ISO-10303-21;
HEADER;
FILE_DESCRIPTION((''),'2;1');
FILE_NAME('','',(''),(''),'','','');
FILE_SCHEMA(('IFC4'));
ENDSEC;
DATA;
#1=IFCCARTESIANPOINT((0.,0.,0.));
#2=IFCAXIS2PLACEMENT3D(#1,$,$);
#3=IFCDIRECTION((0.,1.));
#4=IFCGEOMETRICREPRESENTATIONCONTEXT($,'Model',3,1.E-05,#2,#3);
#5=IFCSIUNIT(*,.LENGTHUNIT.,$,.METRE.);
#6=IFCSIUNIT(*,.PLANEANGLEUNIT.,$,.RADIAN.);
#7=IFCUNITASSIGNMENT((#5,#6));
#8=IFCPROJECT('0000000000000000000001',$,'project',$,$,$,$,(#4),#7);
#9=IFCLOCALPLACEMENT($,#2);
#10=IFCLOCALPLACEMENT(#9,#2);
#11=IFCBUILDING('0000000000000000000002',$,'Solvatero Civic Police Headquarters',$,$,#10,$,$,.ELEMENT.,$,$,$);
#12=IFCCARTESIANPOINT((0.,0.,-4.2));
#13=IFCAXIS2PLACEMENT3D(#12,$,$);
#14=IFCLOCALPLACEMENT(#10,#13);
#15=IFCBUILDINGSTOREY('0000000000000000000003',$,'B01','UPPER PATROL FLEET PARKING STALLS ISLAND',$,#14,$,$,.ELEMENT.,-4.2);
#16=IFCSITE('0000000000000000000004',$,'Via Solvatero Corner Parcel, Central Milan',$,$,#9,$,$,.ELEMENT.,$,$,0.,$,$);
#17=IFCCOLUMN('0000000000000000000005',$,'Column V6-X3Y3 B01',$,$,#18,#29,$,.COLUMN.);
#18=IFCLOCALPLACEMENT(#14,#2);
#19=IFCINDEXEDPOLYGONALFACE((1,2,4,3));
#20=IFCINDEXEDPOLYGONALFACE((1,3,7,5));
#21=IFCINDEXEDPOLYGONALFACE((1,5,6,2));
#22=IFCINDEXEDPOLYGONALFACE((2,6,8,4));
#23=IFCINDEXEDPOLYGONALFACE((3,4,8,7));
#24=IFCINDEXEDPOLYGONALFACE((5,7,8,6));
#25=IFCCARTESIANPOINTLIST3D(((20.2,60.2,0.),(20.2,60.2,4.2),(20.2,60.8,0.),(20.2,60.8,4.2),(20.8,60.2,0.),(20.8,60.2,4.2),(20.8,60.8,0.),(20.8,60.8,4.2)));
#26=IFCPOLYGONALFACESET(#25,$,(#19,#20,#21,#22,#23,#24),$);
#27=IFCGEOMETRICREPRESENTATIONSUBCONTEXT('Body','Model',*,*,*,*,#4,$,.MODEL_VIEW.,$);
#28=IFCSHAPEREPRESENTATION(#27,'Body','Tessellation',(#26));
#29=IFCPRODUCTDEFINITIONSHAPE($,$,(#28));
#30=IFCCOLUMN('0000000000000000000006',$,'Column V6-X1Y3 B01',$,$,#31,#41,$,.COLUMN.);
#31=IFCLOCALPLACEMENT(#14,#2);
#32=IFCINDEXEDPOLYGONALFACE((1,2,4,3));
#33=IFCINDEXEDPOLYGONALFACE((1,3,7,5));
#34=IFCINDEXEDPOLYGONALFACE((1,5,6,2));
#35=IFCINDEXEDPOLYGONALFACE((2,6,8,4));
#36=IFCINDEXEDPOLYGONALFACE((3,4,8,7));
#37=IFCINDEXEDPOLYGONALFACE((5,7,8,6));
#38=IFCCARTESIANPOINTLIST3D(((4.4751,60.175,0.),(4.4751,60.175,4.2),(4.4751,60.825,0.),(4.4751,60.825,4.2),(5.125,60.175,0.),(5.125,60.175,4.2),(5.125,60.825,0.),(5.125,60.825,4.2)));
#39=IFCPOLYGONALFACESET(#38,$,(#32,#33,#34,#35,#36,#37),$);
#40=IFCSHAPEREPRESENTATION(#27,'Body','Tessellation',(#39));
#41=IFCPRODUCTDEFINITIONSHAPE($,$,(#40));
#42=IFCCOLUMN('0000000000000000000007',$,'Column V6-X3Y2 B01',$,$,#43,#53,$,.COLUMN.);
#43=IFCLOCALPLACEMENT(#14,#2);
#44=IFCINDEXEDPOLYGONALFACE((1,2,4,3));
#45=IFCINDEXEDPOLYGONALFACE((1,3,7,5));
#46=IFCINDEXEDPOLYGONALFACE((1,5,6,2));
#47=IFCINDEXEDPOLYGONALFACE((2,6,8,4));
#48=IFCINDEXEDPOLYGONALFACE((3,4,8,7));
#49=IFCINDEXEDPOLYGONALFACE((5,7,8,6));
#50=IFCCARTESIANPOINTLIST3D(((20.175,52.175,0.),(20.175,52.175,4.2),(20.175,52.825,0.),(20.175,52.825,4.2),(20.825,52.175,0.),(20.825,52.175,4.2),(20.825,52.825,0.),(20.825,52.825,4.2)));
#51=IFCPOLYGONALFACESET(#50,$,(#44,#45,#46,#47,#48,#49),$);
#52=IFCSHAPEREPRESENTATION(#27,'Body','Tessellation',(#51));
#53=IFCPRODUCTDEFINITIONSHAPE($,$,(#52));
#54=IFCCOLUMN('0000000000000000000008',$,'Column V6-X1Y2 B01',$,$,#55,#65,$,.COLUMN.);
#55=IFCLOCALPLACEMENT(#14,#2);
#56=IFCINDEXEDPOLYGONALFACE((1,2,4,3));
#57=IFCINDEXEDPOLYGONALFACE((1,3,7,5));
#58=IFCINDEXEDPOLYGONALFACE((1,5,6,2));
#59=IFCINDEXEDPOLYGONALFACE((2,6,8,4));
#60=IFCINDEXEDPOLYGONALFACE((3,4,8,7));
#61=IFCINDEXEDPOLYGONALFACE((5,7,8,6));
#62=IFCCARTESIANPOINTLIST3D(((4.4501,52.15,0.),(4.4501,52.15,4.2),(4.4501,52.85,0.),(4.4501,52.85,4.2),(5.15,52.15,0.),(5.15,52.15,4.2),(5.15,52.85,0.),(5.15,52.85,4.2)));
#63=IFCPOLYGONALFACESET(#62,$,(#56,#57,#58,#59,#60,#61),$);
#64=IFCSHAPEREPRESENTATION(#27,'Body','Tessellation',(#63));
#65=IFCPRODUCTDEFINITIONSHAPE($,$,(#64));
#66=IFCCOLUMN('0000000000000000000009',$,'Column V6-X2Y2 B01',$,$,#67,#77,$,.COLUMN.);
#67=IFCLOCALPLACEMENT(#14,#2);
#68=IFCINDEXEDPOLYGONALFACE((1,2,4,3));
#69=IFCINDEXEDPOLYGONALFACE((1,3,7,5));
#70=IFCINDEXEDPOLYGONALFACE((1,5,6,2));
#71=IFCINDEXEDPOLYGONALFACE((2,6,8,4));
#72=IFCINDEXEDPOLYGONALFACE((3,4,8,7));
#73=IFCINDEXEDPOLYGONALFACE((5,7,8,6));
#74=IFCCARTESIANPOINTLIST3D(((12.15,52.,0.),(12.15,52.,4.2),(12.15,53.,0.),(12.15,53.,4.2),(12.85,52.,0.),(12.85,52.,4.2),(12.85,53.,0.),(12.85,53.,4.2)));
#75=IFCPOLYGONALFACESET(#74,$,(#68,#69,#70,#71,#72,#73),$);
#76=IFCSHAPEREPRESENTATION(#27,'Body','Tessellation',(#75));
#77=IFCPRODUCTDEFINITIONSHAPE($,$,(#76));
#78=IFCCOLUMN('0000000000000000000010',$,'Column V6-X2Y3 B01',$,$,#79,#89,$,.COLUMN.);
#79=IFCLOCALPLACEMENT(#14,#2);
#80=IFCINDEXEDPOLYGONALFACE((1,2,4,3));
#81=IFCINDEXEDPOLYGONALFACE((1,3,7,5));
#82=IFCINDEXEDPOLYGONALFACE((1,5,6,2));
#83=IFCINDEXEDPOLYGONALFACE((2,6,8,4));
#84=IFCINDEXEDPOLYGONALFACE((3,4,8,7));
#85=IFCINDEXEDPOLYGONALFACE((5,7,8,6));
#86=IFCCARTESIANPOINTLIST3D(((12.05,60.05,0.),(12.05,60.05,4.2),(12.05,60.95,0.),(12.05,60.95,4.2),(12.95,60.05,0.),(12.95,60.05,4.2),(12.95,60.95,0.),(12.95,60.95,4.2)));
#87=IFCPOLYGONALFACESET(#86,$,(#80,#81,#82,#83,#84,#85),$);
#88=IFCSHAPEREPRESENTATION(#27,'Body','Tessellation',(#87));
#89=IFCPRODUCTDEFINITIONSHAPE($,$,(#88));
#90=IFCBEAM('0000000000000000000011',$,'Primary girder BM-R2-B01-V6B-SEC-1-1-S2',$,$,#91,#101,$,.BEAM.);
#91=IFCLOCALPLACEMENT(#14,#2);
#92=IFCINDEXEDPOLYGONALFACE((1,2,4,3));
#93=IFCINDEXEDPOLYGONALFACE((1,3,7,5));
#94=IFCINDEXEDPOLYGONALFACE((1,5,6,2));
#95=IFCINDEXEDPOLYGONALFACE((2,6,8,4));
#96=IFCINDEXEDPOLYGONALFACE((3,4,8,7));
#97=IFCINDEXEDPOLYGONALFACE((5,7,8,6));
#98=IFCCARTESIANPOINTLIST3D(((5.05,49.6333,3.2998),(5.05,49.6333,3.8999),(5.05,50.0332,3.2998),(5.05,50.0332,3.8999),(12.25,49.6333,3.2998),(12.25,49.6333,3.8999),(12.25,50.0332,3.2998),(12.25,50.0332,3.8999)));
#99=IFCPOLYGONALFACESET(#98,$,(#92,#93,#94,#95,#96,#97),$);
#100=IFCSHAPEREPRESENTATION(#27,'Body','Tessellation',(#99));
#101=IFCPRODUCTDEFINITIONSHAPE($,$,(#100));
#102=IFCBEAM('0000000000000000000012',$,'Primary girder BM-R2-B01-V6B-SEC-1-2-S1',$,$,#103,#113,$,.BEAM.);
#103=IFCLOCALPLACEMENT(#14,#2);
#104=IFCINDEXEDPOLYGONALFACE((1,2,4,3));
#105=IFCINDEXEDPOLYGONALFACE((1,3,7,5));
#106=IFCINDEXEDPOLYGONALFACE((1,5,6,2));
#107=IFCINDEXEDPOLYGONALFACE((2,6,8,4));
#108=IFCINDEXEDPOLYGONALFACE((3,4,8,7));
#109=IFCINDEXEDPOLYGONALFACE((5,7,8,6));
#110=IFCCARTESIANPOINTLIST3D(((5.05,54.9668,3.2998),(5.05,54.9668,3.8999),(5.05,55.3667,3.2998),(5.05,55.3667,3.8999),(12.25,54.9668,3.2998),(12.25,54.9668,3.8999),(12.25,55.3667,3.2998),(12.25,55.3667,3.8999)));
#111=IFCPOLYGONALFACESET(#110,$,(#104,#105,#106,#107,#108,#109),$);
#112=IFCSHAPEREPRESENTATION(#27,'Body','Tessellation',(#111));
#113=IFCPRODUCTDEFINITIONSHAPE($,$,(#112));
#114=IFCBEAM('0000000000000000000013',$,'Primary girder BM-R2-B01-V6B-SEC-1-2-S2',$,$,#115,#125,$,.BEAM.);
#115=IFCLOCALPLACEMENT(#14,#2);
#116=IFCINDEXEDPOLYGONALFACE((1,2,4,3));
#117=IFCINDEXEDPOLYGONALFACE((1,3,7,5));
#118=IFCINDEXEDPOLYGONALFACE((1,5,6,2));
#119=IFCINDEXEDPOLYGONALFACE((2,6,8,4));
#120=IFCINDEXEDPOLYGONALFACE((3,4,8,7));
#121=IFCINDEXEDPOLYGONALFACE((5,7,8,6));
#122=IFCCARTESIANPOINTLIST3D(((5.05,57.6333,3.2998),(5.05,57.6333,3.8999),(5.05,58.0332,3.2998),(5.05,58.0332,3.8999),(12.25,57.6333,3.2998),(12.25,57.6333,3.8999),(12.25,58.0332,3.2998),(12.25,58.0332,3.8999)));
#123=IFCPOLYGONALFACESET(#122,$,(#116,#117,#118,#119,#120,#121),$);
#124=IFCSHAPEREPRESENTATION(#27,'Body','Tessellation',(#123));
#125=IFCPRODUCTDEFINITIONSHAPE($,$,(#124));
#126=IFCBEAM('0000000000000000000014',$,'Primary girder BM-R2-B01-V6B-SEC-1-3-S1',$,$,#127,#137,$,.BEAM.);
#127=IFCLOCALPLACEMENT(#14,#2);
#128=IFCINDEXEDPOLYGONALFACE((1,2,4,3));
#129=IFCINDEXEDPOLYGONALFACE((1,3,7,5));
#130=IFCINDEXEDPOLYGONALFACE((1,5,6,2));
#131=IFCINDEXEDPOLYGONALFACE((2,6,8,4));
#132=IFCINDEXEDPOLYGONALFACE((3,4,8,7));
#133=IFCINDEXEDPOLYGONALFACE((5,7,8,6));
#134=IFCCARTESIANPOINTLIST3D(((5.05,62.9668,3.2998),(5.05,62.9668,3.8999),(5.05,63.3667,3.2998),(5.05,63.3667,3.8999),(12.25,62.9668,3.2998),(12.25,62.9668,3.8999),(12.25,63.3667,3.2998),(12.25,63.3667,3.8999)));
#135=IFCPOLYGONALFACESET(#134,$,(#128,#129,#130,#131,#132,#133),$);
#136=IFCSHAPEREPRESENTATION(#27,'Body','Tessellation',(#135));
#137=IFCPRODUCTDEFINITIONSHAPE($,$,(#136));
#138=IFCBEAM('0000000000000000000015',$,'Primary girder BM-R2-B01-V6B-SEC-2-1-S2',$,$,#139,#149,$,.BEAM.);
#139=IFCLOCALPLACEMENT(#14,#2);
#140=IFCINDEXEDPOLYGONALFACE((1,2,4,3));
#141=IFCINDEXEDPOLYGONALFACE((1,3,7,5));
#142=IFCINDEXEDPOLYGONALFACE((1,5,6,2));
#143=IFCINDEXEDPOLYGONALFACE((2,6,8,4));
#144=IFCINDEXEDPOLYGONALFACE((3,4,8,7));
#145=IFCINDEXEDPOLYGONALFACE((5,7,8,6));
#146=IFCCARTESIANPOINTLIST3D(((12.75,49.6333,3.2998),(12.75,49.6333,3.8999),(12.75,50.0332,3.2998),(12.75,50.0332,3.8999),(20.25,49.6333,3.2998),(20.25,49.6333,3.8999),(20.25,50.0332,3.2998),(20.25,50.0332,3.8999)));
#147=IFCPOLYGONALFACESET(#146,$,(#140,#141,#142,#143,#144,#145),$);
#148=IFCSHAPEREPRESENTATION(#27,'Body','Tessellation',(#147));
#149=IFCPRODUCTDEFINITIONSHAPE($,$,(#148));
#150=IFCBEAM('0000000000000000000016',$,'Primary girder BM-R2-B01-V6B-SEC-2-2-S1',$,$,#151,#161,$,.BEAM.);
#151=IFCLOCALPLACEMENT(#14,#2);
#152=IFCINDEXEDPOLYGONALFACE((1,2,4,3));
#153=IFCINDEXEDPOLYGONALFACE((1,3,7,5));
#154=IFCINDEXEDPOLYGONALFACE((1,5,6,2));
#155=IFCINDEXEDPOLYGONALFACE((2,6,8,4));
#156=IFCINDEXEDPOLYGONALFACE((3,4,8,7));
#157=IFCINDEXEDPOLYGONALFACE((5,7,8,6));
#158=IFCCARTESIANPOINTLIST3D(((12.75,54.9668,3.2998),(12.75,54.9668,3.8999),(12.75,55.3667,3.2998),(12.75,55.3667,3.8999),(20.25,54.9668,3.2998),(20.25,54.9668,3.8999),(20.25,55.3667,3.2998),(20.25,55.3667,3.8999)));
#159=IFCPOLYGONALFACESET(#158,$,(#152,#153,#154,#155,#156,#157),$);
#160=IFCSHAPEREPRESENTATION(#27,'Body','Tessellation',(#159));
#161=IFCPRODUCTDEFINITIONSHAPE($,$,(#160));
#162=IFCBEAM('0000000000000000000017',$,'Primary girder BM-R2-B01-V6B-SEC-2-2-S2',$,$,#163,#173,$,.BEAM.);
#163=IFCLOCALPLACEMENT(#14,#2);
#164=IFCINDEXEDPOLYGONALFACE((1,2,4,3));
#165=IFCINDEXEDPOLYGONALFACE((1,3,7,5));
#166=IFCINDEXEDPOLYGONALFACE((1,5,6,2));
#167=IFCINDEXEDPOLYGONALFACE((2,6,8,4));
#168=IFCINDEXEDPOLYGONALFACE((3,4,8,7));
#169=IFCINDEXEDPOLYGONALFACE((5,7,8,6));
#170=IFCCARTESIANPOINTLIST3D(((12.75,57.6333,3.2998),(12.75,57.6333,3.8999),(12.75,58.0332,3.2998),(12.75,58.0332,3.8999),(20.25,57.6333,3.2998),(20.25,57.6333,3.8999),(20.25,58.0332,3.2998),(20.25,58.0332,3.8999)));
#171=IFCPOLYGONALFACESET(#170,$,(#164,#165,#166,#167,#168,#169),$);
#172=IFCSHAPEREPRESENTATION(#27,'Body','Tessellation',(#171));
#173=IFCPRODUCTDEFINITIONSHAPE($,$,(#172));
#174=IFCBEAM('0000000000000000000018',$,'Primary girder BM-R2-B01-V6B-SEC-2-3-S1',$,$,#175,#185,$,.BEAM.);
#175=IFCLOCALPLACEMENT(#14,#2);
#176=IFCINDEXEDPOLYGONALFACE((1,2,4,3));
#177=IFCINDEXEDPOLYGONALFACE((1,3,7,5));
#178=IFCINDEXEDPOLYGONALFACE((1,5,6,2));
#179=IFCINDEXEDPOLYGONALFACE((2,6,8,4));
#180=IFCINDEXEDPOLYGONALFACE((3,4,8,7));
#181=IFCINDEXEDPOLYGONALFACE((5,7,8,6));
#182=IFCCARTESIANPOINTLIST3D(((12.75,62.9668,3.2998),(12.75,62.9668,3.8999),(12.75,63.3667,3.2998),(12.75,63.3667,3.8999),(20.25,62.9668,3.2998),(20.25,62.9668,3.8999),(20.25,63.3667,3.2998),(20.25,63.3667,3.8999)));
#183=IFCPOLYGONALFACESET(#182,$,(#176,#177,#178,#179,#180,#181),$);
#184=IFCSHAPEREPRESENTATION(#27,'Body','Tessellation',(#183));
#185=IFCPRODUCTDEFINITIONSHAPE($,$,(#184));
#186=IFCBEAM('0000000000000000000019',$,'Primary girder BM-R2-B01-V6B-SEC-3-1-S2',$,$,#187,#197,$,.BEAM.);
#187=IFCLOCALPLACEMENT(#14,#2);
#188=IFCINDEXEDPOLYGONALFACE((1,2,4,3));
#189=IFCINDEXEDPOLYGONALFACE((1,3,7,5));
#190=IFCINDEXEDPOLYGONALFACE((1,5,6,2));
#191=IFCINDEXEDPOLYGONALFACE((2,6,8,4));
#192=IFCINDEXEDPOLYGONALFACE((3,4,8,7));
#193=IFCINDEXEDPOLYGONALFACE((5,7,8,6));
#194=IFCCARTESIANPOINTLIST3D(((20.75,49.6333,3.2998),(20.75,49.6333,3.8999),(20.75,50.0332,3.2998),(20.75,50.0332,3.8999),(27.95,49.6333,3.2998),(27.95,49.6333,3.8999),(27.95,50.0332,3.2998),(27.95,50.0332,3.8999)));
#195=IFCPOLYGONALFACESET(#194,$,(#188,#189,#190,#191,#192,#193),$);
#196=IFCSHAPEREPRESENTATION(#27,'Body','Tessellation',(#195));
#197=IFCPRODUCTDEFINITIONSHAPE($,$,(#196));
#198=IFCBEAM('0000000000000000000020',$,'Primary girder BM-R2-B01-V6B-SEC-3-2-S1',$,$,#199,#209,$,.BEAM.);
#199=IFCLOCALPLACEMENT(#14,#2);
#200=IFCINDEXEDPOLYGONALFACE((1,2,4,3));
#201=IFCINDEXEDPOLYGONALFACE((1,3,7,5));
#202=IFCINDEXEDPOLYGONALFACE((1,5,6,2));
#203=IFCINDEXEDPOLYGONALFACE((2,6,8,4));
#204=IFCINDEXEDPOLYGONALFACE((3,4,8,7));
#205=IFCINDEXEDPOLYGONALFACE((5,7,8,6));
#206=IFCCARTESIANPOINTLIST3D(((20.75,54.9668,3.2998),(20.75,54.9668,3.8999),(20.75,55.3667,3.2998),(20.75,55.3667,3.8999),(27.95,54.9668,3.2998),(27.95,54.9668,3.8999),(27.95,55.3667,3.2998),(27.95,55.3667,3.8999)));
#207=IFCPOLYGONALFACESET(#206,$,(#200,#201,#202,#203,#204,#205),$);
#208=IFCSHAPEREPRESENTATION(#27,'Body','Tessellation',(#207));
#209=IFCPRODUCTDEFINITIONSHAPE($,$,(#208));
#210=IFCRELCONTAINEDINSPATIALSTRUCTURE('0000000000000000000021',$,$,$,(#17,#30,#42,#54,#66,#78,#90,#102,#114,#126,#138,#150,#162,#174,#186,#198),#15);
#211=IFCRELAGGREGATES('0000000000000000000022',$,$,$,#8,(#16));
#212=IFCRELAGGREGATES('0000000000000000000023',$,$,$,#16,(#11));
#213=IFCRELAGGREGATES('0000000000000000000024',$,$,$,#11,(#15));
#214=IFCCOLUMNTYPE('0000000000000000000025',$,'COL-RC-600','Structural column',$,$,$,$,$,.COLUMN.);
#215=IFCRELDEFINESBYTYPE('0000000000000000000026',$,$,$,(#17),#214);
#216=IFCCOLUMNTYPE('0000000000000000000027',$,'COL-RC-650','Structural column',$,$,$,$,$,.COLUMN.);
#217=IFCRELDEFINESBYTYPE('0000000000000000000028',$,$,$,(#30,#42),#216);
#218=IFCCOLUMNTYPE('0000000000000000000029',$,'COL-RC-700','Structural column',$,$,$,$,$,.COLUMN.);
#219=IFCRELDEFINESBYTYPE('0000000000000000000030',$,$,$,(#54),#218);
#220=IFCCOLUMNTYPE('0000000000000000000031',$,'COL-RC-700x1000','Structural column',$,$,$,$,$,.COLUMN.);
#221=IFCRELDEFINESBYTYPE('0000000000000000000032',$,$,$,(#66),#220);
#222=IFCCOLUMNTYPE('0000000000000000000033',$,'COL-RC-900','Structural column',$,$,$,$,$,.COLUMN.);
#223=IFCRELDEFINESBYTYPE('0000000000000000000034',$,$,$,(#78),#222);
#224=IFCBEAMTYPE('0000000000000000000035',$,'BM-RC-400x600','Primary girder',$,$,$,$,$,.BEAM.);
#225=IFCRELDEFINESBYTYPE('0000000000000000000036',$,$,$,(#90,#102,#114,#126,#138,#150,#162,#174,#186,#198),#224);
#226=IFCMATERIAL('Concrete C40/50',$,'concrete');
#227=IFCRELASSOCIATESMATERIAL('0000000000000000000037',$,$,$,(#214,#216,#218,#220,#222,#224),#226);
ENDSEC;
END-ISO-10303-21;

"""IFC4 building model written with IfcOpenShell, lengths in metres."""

from ifc_helpers import new_model, si_unit, direction, frame, origin, origin_2d, place, context, subcontext, project, spatial, rectangle, extrude, material, material_profile, profile_set, type_object, element, save


model = new_model("IFC4")

# Units and contexts
model_context = context("Model", 3, precision=1e-05, world=origin(), true_north=direction((0.0, 1.0)))
body_context = subcontext(model_context, "Body", "Model", "MODEL_VIEW")
ifc_project = project(units=[si_unit("LENGTHUNIT", "METRE"), si_unit("PLANEANGLEUNIT", "RADIAN")], contexts=[model_context])

# Site, building, storey
site_placement = place(None, origin())
site = spatial("IfcSite", under=ifc_project, at=site_placement, Name="Via Solvatero Corner Parcel, Central Milan", CompositionType="ELEMENT", RefElevation=0.0)
building_placement = place(site_placement, origin())
building = spatial("IfcBuilding", under=site, at=building_placement, Name="Solvatero Civic Police Headquarters", CompositionType="ELEMENT")
storey_placement = place(building_placement, frame((0.0, 0.0, -4.2)))
storey = spatial("IfcBuildingStorey", under=building, at=storey_placement, Name="B01", Description="UPPER PATROL FLEET PARKING STALLS ISLAND", CompositionType="ELEMENT", Elevation=-4.2)

# Columns
ifc_material_1 = material(Name="Concrete C40/50", Category="concrete")
ifc_material_profile_1 = material_profile(ifc_material_1, rectangle(XDim=0.6001, YDim=0.6001, at=origin_2d()), Name="RC 600x600")
ifc_profile_set_1 = profile_set([ifc_material_profile_1], Name="Concrete C40/50")
column_type_1 = type_object("IfcColumnType", Name="COL-RC-600", Description="Structural column", PredefinedType="COLUMN", material=ifc_profile_set_1)
column_1_placement = place(storey_placement, frame((20.5, 60.5, 0.0), z_axis=(0.0, 0.0, 1.0), x_axis=(1.0, 0.0, 0.0)))
element("IfcColumn", 1, at=column_1_placement, inside=storey, type_object=column_type_1, Name="Column V6-X3Y3 B01", PredefinedType="COLUMN", context=body_context, shape_type="SweptSolid", body=[
    extrude(rectangle(XDim=0.6001, YDim=0.6001, at=origin_2d()), origin(), (0.0, 0.0, 1.0), 4.2),
])
ifc_material_profile_2 = material_profile(ifc_material_1, rectangle(XDim=0.6499, YDim=0.6499, at=origin_2d()), Name="RC 650x650")
ifc_profile_set_2 = profile_set([ifc_material_profile_2], Name="Concrete C40/50")
column_type_2 = type_object("IfcColumnType", Name="COL-RC-650", Description="Structural column", PredefinedType="COLUMN", material=ifc_profile_set_2)
for number, where, z_axis, x_axis, name in (
    (2, (4.8, 60.5, 0.0), (0.0, 0.0, 1.0), (1.0, 0.0, 0.0), "Column V6-X1Y3 B01"),
    (3, (20.5, 52.5, 0.0), (0.0, 0.0, 1.0), (1.0, 0.0, 0.0), "Column V6-X3Y2 B01"),
):
    element("IfcColumn", number, at=place(storey_placement, frame(where, z_axis=z_axis, x_axis=x_axis)), inside=storey, type_object=column_type_2, Name=name, PredefinedType="COLUMN", context=body_context, shape_type="SweptSolid", body=[
        extrude(rectangle(XDim=0.6499, YDim=0.6499, at=origin_2d()), origin(), (0.0, 0.0, 1.0), 4.2),
    ])
ifc_material_profile_3 = material_profile(ifc_material_1, rectangle(XDim=0.7, YDim=0.7, at=origin_2d()), Name="RC 700x700")
ifc_profile_set_3 = profile_set([ifc_material_profile_3], Name="Concrete C40/50")
column_type_3 = type_object("IfcColumnType", Name="COL-RC-700", Description="Structural column", PredefinedType="COLUMN", material=ifc_profile_set_3)
column_2_placement = place(storey_placement, frame((4.8, 52.5, 0.0), z_axis=(0.0, 0.0, 1.0), x_axis=(1.0, 0.0, 0.0)))
element("IfcColumn", 4, at=column_2_placement, inside=storey, type_object=column_type_3, Name="Column V6-X1Y2 B01", PredefinedType="COLUMN", context=body_context, shape_type="SweptSolid", body=[
    extrude(rectangle(XDim=0.7, YDim=0.7, at=origin_2d()), origin(), (0.0, 0.0, 1.0), 4.2),
])
ifc_material_profile_4 = material_profile(ifc_material_1, rectangle(XDim=0.7, YDim=1.0, at=origin_2d()), Name="RC 700x1000")
ifc_profile_set_4 = profile_set([ifc_material_profile_4], Name="Concrete C40/50")
column_type_4 = type_object("IfcColumnType", Name="COL-RC-700x1000", Description="Structural column", PredefinedType="COLUMN", material=ifc_profile_set_4)
column_3_placement = place(storey_placement, frame((12.5, 52.5, 0.0), z_axis=(0.0, 0.0, 1.0), x_axis=(1.0, 0.0, 0.0)))
element("IfcColumn", 5, at=column_3_placement, inside=storey, type_object=column_type_4, Name="Column V6-X2Y2 B01", PredefinedType="COLUMN", context=body_context, shape_type="SweptSolid", body=[
    extrude(rectangle(XDim=0.7, YDim=1.0, at=origin_2d()), origin(), (0.0, 0.0, 1.0), 4.2),
])
ifc_material_profile_5 = material_profile(ifc_material_1, rectangle(XDim=0.8999, YDim=0.8999, at=origin_2d()), Name="RC 900x900")
ifc_profile_set_5 = profile_set([ifc_material_profile_5], Name="Concrete C40/50")
column_type_5 = type_object("IfcColumnType", Name="COL-RC-900", Description="Structural column", PredefinedType="COLUMN", material=ifc_profile_set_5)
column_4_placement = place(storey_placement, frame((12.5, 60.5, 0.0), z_axis=(0.0, 0.0, 1.0), x_axis=(1.0, 0.0, 0.0)))
element("IfcColumn", 6, at=column_4_placement, inside=storey, type_object=column_type_5, Name="Column V6-X2Y3 B01", PredefinedType="COLUMN", context=body_context, shape_type="SweptSolid", body=[
    extrude(rectangle(XDim=0.8999, YDim=0.8999, at=origin_2d()), origin(), (0.0, 0.0, 1.0), 4.2),
])

# Beams
ifc_material_profile_6 = material_profile(ifc_material_1, rectangle(XDim=0.3999, YDim=0.6001, at=origin_2d()), Name="RC 400x600")
ifc_profile_set_6 = profile_set([ifc_material_profile_6], Name="Concrete C40/50")
beam_type_1 = type_object("IfcBeamType", Name="BM-RC-400x600", Description="Primary girder", PredefinedType="BEAM", material=ifc_profile_set_6)
for number, where, z_axis, x_axis, name in (
    (7, (5.05, 49.8333, 3.5999), (1.0, 0.0, 0.0), (0.0, 1.0, 0.0), "Primary girder BM-R2-B01-V6B-SEC-1-1-S2"),
    (8, (5.05, 55.1667, 3.5999), (1.0, 0.0, 0.0), (0.0, 1.0, 0.0), "Primary girder BM-R2-B01-V6B-SEC-1-2-S1"),
    (9, (5.05, 57.8333, 3.5999), (1.0, 0.0, 0.0), (0.0, 1.0, 0.0), "Primary girder BM-R2-B01-V6B-SEC-1-2-S2"),
    (10, (5.05, 63.1667, 3.5999), (1.0, 0.0, 0.0), (0.0, 1.0, 0.0), "Primary girder BM-R2-B01-V6B-SEC-1-3-S1"),
):
    element("IfcBeam", number, at=place(storey_placement, frame(where, z_axis=z_axis, x_axis=x_axis)), inside=storey, type_object=beam_type_1, Name=name, PredefinedType="BEAM", context=body_context, shape_type="SweptSolid", body=[
        extrude(rectangle(XDim=0.3999, YDim=0.6001, at=origin_2d()), origin(), (0.0, 0.0, 1.0), 7.2),
    ])
for number, where, z_axis, x_axis, name in (
    (11, (12.75, 49.8333, 3.5999), (1.0, 0.0, 0.0), (0.0, 1.0, 0.0), "Primary girder BM-R2-B01-V6B-SEC-2-1-S2"),
    (12, (12.75, 55.1667, 3.5999), (1.0, 0.0, 0.0), (0.0, 1.0, 0.0), "Primary girder BM-R2-B01-V6B-SEC-2-2-S1"),
    (13, (12.75, 57.8333, 3.5999), (1.0, 0.0, 0.0), (0.0, 1.0, 0.0), "Primary girder BM-R2-B01-V6B-SEC-2-2-S2"),
    (14, (12.75, 63.1667, 3.5999), (1.0, 0.0, 0.0), (0.0, 1.0, 0.0), "Primary girder BM-R2-B01-V6B-SEC-2-3-S1"),
):
    element("IfcBeam", number, at=place(storey_placement, frame(where, z_axis=z_axis, x_axis=x_axis)), inside=storey, type_object=beam_type_1, Name=name, PredefinedType="BEAM", context=body_context, shape_type="SweptSolid", body=[
        extrude(rectangle(XDim=0.3999, YDim=0.6001, at=origin_2d()), origin(), (0.0, 0.0, 1.0), 7.5),
    ])
for number, where, z_axis, x_axis, name in (
    (15, (20.75, 49.8333, 3.5999), (1.0, 0.0, 0.0), (0.0, 1.0, 0.0), "Primary girder BM-R2-B01-V6B-SEC-3-1-S2"),
    (16, (20.75, 55.1667, 3.5999), (1.0, 0.0, 0.0), (0.0, 1.0, 0.0), "Primary girder BM-R2-B01-V6B-SEC-3-2-S1"),
):
    element("IfcBeam", number, at=place(storey_placement, frame(where, z_axis=z_axis, x_axis=x_axis)), inside=storey, type_object=beam_type_1, Name=name, PredefinedType="BEAM", context=body_context, shape_type="SweptSolid", body=[
        extrude(rectangle(XDim=0.3999, YDim=0.6001, at=origin_2d()), origin(), (0.0, 0.0, 1.0), 7.2),
    ])

save(model, "model.ifc")
